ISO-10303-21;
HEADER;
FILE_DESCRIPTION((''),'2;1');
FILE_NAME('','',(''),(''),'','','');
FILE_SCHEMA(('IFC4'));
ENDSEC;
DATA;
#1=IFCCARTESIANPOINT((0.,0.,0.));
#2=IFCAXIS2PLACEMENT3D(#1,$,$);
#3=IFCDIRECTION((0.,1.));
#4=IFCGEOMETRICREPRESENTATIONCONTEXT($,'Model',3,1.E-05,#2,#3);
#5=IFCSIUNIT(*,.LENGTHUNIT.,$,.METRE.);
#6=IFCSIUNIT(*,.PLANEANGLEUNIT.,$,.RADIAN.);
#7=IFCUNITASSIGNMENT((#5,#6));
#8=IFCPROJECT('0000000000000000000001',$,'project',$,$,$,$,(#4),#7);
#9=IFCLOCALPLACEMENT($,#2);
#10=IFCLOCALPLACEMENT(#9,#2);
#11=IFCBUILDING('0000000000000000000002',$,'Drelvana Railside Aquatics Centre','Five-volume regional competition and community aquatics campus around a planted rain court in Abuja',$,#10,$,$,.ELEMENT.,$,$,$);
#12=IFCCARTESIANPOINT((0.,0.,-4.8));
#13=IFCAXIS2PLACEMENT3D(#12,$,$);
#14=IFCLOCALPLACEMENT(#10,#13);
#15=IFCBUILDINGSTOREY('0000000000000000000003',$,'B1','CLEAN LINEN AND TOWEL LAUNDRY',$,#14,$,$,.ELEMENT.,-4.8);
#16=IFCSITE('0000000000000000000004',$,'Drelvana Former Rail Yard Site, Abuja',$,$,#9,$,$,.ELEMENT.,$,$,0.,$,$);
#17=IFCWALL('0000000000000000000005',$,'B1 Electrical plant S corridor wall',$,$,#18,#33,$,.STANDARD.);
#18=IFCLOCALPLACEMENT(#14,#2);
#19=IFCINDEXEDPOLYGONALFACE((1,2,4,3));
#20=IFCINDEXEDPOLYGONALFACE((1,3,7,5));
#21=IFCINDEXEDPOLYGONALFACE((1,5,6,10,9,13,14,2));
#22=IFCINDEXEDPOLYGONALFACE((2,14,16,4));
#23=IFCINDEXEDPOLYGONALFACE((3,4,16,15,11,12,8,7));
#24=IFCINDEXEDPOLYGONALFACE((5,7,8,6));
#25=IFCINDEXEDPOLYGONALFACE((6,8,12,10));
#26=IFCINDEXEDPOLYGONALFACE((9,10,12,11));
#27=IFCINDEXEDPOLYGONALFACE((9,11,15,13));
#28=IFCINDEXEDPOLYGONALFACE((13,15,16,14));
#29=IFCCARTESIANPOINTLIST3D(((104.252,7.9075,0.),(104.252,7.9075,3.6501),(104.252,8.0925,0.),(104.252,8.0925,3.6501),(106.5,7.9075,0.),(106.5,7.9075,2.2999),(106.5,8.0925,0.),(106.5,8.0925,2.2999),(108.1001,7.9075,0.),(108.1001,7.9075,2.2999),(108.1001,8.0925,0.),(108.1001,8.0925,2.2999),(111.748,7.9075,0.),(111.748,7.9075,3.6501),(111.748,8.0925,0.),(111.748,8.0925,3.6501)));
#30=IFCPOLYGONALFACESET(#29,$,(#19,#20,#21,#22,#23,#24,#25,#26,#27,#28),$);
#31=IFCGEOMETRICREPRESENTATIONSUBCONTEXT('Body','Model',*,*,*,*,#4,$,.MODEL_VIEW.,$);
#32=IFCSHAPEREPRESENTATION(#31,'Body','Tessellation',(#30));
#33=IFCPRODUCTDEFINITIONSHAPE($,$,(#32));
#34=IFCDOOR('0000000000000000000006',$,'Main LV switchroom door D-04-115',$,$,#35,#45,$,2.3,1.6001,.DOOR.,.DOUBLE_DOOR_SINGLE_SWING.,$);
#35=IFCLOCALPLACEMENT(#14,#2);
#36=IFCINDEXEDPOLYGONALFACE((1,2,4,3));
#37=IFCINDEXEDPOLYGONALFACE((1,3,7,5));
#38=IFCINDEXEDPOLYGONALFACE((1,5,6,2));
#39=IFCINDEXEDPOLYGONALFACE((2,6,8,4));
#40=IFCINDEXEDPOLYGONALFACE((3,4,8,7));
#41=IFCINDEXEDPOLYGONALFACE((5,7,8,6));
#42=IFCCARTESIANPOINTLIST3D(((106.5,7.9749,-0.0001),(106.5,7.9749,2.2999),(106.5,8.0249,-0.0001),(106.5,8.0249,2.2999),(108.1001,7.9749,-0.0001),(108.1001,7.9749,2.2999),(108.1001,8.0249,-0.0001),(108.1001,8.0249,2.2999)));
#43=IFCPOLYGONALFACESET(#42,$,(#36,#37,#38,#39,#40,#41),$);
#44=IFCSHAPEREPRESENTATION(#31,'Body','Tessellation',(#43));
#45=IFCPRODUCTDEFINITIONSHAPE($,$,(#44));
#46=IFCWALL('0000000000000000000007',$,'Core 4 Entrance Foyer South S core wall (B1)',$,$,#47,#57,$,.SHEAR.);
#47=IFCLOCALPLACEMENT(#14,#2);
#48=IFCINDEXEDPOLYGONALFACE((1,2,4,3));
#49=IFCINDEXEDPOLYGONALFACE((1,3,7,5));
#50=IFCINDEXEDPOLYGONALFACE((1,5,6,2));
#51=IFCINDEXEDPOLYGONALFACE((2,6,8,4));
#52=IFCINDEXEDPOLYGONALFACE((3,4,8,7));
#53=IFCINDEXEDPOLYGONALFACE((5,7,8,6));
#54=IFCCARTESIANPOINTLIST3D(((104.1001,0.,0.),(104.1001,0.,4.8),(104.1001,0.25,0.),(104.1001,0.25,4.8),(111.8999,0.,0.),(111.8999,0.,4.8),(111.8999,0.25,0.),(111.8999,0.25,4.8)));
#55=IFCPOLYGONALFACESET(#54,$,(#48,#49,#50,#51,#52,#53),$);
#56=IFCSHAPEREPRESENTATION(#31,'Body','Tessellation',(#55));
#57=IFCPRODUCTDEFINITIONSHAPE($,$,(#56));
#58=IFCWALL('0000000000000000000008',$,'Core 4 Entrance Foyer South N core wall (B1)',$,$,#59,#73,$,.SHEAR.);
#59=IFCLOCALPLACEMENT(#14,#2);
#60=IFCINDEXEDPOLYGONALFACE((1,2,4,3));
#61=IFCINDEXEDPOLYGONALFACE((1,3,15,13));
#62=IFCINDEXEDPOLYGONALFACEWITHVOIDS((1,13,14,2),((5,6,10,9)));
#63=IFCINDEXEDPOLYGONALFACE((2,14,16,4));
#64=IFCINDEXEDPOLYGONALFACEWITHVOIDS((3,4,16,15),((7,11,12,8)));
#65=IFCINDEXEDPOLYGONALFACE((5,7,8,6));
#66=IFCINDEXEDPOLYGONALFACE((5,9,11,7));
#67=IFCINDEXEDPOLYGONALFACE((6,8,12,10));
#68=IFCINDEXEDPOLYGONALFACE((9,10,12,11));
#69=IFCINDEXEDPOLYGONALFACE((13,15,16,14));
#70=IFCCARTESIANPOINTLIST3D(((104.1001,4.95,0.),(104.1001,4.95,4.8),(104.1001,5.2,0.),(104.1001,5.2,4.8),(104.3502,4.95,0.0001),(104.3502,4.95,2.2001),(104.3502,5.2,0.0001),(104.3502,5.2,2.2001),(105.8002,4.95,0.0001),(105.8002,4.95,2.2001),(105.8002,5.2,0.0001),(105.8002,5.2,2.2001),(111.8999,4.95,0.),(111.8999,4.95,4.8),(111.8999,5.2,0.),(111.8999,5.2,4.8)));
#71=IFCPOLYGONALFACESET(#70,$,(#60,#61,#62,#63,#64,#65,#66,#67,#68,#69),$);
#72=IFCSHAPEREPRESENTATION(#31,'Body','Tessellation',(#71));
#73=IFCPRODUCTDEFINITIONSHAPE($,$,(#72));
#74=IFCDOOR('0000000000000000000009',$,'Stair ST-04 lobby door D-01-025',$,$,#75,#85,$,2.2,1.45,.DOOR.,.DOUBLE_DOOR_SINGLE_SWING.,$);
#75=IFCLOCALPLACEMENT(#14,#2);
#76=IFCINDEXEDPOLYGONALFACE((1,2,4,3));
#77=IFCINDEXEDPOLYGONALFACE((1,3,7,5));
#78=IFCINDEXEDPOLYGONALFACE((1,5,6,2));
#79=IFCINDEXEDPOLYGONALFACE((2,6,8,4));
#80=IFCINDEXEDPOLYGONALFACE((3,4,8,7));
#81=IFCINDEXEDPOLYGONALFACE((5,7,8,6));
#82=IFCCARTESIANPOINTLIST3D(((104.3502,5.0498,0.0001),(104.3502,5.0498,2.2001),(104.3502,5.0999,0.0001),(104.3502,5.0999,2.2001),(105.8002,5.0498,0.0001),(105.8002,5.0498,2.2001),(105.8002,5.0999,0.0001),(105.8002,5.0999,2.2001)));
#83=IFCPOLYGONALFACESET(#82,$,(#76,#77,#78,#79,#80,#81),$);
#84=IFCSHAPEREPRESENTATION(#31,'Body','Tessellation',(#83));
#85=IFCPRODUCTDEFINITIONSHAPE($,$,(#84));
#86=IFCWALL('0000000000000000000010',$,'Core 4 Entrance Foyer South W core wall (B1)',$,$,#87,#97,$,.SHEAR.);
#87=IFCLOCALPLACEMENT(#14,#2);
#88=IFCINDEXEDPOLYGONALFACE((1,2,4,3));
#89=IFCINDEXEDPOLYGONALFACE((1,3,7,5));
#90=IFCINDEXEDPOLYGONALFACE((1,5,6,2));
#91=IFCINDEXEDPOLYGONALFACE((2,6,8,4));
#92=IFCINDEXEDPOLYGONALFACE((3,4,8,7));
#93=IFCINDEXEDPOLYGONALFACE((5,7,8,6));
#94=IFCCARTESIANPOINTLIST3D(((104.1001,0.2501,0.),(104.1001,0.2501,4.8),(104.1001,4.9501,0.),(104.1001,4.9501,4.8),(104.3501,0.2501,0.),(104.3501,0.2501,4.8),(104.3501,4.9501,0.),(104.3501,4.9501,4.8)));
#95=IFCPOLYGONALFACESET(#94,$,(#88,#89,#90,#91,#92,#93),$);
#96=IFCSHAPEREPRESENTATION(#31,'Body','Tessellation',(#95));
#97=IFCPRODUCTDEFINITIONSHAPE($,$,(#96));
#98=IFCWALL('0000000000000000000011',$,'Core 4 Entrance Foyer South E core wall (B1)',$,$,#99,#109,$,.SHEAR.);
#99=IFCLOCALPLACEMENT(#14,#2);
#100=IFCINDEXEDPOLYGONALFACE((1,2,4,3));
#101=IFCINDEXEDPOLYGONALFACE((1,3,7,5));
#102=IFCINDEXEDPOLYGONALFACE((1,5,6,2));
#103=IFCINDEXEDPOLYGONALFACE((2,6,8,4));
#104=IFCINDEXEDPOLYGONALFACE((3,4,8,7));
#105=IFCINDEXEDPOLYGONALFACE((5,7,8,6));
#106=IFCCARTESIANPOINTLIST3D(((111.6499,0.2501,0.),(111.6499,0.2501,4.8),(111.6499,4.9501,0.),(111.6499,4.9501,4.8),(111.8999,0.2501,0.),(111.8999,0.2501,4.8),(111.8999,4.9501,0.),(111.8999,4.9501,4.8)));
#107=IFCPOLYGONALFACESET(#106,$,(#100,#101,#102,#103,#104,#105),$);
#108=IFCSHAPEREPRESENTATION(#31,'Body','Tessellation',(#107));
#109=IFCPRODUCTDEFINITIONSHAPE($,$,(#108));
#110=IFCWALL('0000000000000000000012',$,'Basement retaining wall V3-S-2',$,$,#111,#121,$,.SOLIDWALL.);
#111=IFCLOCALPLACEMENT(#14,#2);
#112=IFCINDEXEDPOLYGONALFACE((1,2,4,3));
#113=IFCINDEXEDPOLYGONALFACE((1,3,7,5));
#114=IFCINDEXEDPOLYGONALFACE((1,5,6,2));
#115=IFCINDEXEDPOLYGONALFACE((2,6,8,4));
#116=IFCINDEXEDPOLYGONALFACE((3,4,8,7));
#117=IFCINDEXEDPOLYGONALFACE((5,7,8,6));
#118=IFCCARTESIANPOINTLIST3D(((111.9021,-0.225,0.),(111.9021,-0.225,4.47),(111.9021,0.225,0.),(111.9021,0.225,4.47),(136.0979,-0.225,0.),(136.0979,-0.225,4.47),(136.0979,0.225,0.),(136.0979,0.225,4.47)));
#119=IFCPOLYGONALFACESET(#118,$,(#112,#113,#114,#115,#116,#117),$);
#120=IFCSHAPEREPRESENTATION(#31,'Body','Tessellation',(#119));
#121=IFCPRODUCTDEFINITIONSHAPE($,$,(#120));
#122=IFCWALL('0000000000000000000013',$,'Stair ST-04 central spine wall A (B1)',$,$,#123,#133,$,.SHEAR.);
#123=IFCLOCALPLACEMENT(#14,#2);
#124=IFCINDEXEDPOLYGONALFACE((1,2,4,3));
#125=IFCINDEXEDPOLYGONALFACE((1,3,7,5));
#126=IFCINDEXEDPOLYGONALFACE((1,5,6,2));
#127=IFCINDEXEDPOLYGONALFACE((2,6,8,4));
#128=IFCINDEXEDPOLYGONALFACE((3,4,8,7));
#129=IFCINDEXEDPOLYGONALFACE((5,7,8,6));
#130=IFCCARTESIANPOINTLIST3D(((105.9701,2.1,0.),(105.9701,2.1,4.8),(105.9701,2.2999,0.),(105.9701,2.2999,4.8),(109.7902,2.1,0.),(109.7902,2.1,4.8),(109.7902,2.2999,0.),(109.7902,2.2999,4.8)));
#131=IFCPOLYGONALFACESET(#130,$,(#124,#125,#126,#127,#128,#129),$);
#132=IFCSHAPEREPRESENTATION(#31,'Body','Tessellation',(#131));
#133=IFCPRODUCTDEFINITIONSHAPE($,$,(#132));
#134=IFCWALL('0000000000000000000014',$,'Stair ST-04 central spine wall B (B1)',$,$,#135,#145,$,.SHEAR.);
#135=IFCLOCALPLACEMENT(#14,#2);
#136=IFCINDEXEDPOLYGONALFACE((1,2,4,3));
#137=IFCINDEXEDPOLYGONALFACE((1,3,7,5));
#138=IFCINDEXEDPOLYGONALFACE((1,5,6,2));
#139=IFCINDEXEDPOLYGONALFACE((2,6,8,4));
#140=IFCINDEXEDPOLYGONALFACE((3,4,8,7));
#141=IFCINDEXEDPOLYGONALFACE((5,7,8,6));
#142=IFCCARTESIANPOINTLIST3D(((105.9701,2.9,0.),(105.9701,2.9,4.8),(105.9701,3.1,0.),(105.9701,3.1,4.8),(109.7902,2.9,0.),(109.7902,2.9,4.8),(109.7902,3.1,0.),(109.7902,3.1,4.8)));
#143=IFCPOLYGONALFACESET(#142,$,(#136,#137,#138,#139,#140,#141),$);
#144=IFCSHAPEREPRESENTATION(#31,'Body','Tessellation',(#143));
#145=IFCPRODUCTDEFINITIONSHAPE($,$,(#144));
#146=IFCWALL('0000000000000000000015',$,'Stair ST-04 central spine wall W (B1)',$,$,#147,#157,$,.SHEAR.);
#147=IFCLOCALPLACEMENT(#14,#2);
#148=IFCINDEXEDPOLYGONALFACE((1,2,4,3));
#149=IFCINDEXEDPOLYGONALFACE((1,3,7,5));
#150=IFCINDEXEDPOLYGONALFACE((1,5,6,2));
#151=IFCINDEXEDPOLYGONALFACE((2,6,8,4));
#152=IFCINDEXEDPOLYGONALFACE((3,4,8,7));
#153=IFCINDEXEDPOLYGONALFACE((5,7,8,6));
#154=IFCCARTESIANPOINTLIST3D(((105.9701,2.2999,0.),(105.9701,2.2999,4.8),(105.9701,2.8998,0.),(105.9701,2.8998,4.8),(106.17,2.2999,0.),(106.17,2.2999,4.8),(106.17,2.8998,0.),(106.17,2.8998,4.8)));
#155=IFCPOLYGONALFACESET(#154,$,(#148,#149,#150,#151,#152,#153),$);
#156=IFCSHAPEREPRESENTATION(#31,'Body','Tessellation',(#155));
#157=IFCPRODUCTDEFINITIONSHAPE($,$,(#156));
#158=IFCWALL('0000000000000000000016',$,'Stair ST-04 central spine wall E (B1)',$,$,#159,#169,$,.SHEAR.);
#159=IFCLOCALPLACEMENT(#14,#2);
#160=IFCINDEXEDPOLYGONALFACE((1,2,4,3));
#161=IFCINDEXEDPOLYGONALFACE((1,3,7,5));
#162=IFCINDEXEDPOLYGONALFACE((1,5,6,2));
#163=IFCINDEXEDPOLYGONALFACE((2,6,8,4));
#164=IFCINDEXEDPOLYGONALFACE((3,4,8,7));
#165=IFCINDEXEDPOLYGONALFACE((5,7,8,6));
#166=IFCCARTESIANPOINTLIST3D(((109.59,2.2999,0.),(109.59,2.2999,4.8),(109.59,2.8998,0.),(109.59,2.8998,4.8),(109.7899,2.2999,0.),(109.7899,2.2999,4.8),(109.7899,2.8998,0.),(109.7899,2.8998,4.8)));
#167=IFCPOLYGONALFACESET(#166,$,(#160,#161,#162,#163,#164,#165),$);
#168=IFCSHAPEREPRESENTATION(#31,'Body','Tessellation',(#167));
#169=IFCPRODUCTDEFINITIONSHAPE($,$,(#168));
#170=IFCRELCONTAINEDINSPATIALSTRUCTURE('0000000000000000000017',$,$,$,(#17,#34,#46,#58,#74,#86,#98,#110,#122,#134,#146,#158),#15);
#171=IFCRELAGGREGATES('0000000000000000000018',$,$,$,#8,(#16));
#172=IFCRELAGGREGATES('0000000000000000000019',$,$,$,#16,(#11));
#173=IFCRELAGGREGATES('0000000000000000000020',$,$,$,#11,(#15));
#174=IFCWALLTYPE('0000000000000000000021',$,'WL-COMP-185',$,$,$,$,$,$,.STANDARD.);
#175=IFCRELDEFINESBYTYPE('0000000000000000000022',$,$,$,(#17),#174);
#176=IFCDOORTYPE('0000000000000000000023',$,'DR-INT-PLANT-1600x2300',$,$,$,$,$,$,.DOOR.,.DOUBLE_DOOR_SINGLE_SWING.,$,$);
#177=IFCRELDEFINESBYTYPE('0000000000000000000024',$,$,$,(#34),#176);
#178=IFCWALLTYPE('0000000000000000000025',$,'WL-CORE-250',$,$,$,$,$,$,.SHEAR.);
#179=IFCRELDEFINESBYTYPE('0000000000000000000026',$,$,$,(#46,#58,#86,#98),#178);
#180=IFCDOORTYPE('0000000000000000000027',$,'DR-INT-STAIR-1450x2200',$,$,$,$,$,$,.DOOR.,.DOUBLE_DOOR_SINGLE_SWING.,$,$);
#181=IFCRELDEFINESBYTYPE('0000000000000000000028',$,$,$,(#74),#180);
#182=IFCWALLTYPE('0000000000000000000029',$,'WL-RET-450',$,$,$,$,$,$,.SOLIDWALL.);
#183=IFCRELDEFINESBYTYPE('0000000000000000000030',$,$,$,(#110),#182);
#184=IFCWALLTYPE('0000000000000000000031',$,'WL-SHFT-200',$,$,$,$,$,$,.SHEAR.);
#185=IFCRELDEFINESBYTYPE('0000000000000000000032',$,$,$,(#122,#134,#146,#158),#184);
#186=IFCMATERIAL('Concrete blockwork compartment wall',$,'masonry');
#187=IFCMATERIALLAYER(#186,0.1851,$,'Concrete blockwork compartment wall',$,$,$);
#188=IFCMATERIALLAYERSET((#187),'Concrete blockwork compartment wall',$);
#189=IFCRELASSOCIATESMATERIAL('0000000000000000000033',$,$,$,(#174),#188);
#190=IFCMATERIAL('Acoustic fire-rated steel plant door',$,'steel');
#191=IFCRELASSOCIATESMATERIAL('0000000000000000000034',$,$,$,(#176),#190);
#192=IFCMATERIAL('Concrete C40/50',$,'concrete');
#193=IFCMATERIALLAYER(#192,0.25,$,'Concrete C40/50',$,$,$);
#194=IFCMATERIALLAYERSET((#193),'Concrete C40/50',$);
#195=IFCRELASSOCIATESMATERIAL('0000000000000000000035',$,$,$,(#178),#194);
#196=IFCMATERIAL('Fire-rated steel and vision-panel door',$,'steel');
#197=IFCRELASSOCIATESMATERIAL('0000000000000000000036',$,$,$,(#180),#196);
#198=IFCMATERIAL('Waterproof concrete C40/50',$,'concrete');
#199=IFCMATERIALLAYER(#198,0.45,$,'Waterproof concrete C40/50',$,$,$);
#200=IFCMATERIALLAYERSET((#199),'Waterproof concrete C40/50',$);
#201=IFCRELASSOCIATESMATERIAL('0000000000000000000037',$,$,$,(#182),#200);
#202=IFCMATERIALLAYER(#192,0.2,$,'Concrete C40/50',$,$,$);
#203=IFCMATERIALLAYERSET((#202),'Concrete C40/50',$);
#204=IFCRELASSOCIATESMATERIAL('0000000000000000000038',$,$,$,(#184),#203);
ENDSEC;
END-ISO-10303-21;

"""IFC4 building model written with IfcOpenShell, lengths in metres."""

from ifc_helpers import new_model, si_unit, direction, frame, frame_2d, origin, place, context, subcontext, project, spatial, rectangle, extrude, material, layer, layer_set, type_object, element, fill, save


model = new_model("IFC4")

# Units and contexts
model_context = context("Model", 3, precision=1e-05, world=origin(), true_north=direction((0.0, 1.0)))
body_context = subcontext(model_context, "Body", "Model", "MODEL_VIEW")
ifc_project = project(units=[si_unit("LENGTHUNIT", "METRE"), si_unit("PLANEANGLEUNIT", "RADIAN")], contexts=[model_context])

# Site, building, storey
site_placement = place(None, origin())
site = spatial("IfcSite", under=ifc_project, at=site_placement, Name="Drelvana Former Rail Yard Site, Abuja", CompositionType="ELEMENT", RefElevation=0.0)
building_placement = place(site_placement, origin())
building = spatial("IfcBuilding", under=site, at=building_placement, Name="Drelvana Railside Aquatics Centre", Description="Five-volume regional competition and community aquatics campus around a planted rain court in Abuja", CompositionType="ELEMENT")
storey_placement = place(building_placement, frame((0.0, 0.0, -4.8)))
storey = spatial("IfcBuildingStorey", under=building, at=storey_placement, Name="B1", Description="CLEAN LINEN AND TOWEL LAUNDRY", CompositionType="ELEMENT", Elevation=-4.8)

# Shared definitions
ifc_material_1 = material(Name="Concrete C40/50", Category="concrete")

# Wall, opening, door
ifc_material_2 = material(Name="Concrete blockwork compartment wall", Category="masonry")
ifc_layer_1 = layer(ifc_material_2, 0.1851, Name="Concrete blockwork compartment wall")
ifc_layer_set_1 = layer_set([ifc_layer_1], Name="Concrete blockwork compartment wall")
wall_type_1 = type_object("IfcWallType", Name="WL-COMP-185", PredefinedType="STANDARD", material=ifc_layer_set_1)
wall_1_placement = place(storey_placement, frame((104.252, 8.0, 0.0), z_axis=(0.0, 0.0, 1.0), x_axis=(1.0, 0.0, 0.0)))
wall_1 = element("IfcWall", 1, at=wall_1_placement, inside=storey, type_object=wall_type_1, Name="B1 Electrical plant S corridor wall", PredefinedType="STANDARD", context=body_context, shape_type="SweptSolid", body=[
    extrude(rectangle(XDim=7.4961, YDim=0.1851, at=frame_2d((3.748, 0.0))), origin(), (0.0, 0.0, 1.0), 3.6501),
])
opening_1_placement = place(wall_1_placement, frame((2.248, 0.0, 0.0)))
opening_1 = element("IfcOpeningElement", 2, at=opening_1_placement, cuts=wall_1, PredefinedType="OPENING", context=body_context, shape_type="SweptSolid", body=[
    extrude(rectangle(XDim=1.6001, YDim=2.3, at=frame_2d((0.8, 1.1499))), frame((0.0, 0.1025, 0.0), z_axis=(0.0, -1.0, 0.0), x_axis=(1.0, 0.0, 0.0)), (0.0, 0.0, 1.0), 0.2051),
])
ifc_material_3 = material(Name="Acoustic fire-rated steel plant door", Category="steel")
door_type_1 = type_object("IfcDoorType", Name="DR-INT-PLANT-1600x2300", OperationType="DOUBLE_DOOR_SINGLE_SWING", PredefinedType="DOOR", material=ifc_material_3)
door_1_placement = place(opening_1_placement, origin())
door_1 = element("IfcDoor", 3, at=door_1_placement, inside=storey, type_object=door_type_1, Name="Main LV switchroom door D-04-115", OperationType="DOUBLE_DOOR_SINGLE_SWING", OverallHeight=2.3, OverallWidth=1.6001, PredefinedType="DOOR", context=body_context, shape_type="SweptSolid", body=[
    extrude(rectangle(XDim=1.6001, YDim=2.3, at=frame_2d((0.8, 1.1499))), frame((0.0, 0.0249, 0.0), z_axis=(0.0, -1.0, 0.0), x_axis=(1.0, 0.0, 0.0)), (0.0, 0.0, 1.0), 0.05),
])
fill(opening_1, door_1)

# Wall
ifc_layer_2 = layer(ifc_material_1, 0.25, Name="Concrete C40/50")
ifc_layer_set_2 = layer_set([ifc_layer_2], Name="Concrete C40/50")
wall_type_2 = type_object("IfcWallType", Name="WL-CORE-250", PredefinedType="SHEAR", material=ifc_layer_set_2)
wall_2_placement = place(storey_placement, frame((104.1001, 0.125, 0.0), z_axis=(0.0, 0.0, 1.0), x_axis=(1.0, 0.0, 0.0)))
element("IfcWall", 4, at=wall_2_placement, inside=storey, type_object=wall_type_2, Name="Core 4 Entrance Foyer South S core wall (B1)", PredefinedType="SHEAR", context=body_context, shape_type="SweptSolid", body=[
    extrude(rectangle(XDim=7.7998, YDim=0.25, at=frame_2d((3.8999, 0.0))), origin(), (0.0, 0.0, 1.0), 4.8),
])

# Wall, opening, door
wall_3_placement = place(storey_placement, frame((104.1001, 5.075, 0.0), z_axis=(0.0, 0.0, 1.0), x_axis=(1.0, 0.0, 0.0)))
wall_3 = element("IfcWall", 5, at=wall_3_placement, inside=storey, type_object=wall_type_2, Name="Core 4 Entrance Foyer South N core wall (B1)", PredefinedType="SHEAR", context=body_context, shape_type="SweptSolid", body=[
    extrude(rectangle(XDim=7.7998, YDim=0.25, at=frame_2d((3.8999, 0.0))), origin(), (0.0, 0.0, 1.0), 4.8),
])
opening_2_placement = place(wall_3_placement, frame((0.25, 0.0, 0.0)))
opening_2 = element("IfcOpeningElement", 6, at=opening_2_placement, cuts=wall_3, PredefinedType="OPENING", context=body_context, shape_type="SweptSolid", body=[
    extrude(rectangle(XDim=1.45, YDim=2.2, at=frame_2d((0.7251, 1.1001))), frame((0.0, 0.135, 0.0), z_axis=(0.0, -1.0, 0.0), x_axis=(1.0, 0.0, 0.0)), (0.0, 0.0, 1.0), 0.27),
])
ifc_material_4 = material(Name="Fire-rated steel and vision-panel door", Category="steel")
door_type_2 = type_object("IfcDoorType", Name="DR-INT-STAIR-1450x2200", OperationType="DOUBLE_DOOR_SINGLE_SWING", PredefinedType="DOOR", material=ifc_material_4)
door_2_placement = place(opening_2_placement, origin())
door_2 = element("IfcDoor", 7, at=door_2_placement, inside=storey, type_object=door_type_2, Name="Stair ST-04 lobby door D-01-025", OperationType="DOUBLE_DOOR_SINGLE_SWING", OverallHeight=2.2, OverallWidth=1.45, PredefinedType="DOOR", context=body_context, shape_type="SweptSolid", body=[
    extrude(rectangle(XDim=1.45, YDim=2.2, at=frame_2d((0.7251, 1.1001))), frame((0.0, 0.0249, 0.0), z_axis=(0.0, -1.0, 0.0), x_axis=(1.0, 0.0, 0.0)), (0.0, 0.0, 1.0), 0.05),
])
fill(opening_2, door_2)

# Walls
for number, where, z_axis, x_axis, name in (
    (8, (104.2251, 0.25, 0.0), (0.0, 0.0, 1.0), (0.0, 1.0, 0.0), "Core 4 Entrance Foyer South W core wall (B1)"),
    (9, (111.7749, 0.25, 0.0), (0.0, 0.0, 1.0), (0.0, 1.0, 0.0), "Core 4 Entrance Foyer South E core wall (B1)"),
):
    element("IfcWall", number, at=place(storey_placement, frame(where, z_axis=z_axis, x_axis=x_axis)), inside=storey, type_object=wall_type_2, Name=name, PredefinedType="SHEAR", context=body_context, shape_type="SweptSolid", body=[
        extrude(rectangle(XDim=4.7, YDim=0.25, at=frame_2d((2.3501, 0.0))), origin(), (0.0, 0.0, 1.0), 4.8),
    ])
ifc_material_5 = material(Name="Waterproof concrete C40/50", Category="concrete")
ifc_layer_3 = layer(ifc_material_5, 0.45, Name="Waterproof concrete C40/50")
ifc_layer_set_3 = layer_set([ifc_layer_3], Name="Waterproof concrete C40/50")
wall_type_3 = type_object("IfcWallType", Name="WL-RET-450", PredefinedType="SOLIDWALL", material=ifc_layer_set_3)
wall_4_placement = place(storey_placement, frame((111.9021, 0.0, 0.0), z_axis=(0.0, 0.0, 1.0), x_axis=(1.0, 0.0, 0.0)))
element("IfcWall", 10, at=wall_4_placement, inside=storey, type_object=wall_type_3, Name="Basement retaining wall V3-S-2", PredefinedType="SOLIDWALL", context=body_context, shape_type="SweptSolid", body=[
    extrude(rectangle(XDim=24.1958, YDim=0.45, at=frame_2d((12.0979, 0.0))), origin(), (0.0, 0.0, 1.0), 4.47),
])
ifc_layer_4 = layer(ifc_material_1, 0.2, Name="Concrete C40/50")
ifc_layer_set_4 = layer_set([ifc_layer_4], Name="Concrete C40/50")
wall_type_4 = type_object("IfcWallType", Name="WL-SHFT-200", PredefinedType="SHEAR", material=ifc_layer_set_4)
for number, where, z_axis, x_axis, name in (
    (11, (105.97, 2.2, 0.0), (0.0, 0.0, 1.0), (1.0, 0.0, 0.0), "Stair ST-04 central spine wall A (B1)"),
    (12, (105.97, 3.0, 0.0), (0.0, 0.0, 1.0), (1.0, 0.0, 0.0), "Stair ST-04 central spine wall B (B1)"),
):
    element("IfcWall", number, at=place(storey_placement, frame(where, z_axis=z_axis, x_axis=x_axis)), inside=storey, type_object=wall_type_4, Name=name, PredefinedType="SHEAR", context=body_context, shape_type="SweptSolid", body=[
        extrude(rectangle(XDim=3.8201, YDim=0.2, at=frame_2d((1.9102, 0.0))), origin(), (0.0, 0.0, 1.0), 4.8),
    ])
for number, where, z_axis, x_axis, name in (
    (13, (106.0701, 2.3, 0.0), (0.0, 0.0, 1.0), (0.0, 1.0, 0.0), "Stair ST-04 central spine wall W (B1)"),
    (14, (109.6899, 2.3, 0.0), (0.0, 0.0, 1.0), (0.0, 1.0, 0.0), "Stair ST-04 central spine wall E (B1)"),
):
    element("IfcWall", number, at=place(storey_placement, frame(where, z_axis=z_axis, x_axis=x_axis)), inside=storey, type_object=wall_type_4, Name=name, PredefinedType="SHEAR", context=body_context, shape_type="SweptSolid", body=[
        extrude(rectangle(XDim=0.5999, YDim=0.2, at=frame_2d((0.2998, 0.0))), origin(), (0.0, 0.0, 1.0), 4.8),
    ])

save(model, "model.ifc")
